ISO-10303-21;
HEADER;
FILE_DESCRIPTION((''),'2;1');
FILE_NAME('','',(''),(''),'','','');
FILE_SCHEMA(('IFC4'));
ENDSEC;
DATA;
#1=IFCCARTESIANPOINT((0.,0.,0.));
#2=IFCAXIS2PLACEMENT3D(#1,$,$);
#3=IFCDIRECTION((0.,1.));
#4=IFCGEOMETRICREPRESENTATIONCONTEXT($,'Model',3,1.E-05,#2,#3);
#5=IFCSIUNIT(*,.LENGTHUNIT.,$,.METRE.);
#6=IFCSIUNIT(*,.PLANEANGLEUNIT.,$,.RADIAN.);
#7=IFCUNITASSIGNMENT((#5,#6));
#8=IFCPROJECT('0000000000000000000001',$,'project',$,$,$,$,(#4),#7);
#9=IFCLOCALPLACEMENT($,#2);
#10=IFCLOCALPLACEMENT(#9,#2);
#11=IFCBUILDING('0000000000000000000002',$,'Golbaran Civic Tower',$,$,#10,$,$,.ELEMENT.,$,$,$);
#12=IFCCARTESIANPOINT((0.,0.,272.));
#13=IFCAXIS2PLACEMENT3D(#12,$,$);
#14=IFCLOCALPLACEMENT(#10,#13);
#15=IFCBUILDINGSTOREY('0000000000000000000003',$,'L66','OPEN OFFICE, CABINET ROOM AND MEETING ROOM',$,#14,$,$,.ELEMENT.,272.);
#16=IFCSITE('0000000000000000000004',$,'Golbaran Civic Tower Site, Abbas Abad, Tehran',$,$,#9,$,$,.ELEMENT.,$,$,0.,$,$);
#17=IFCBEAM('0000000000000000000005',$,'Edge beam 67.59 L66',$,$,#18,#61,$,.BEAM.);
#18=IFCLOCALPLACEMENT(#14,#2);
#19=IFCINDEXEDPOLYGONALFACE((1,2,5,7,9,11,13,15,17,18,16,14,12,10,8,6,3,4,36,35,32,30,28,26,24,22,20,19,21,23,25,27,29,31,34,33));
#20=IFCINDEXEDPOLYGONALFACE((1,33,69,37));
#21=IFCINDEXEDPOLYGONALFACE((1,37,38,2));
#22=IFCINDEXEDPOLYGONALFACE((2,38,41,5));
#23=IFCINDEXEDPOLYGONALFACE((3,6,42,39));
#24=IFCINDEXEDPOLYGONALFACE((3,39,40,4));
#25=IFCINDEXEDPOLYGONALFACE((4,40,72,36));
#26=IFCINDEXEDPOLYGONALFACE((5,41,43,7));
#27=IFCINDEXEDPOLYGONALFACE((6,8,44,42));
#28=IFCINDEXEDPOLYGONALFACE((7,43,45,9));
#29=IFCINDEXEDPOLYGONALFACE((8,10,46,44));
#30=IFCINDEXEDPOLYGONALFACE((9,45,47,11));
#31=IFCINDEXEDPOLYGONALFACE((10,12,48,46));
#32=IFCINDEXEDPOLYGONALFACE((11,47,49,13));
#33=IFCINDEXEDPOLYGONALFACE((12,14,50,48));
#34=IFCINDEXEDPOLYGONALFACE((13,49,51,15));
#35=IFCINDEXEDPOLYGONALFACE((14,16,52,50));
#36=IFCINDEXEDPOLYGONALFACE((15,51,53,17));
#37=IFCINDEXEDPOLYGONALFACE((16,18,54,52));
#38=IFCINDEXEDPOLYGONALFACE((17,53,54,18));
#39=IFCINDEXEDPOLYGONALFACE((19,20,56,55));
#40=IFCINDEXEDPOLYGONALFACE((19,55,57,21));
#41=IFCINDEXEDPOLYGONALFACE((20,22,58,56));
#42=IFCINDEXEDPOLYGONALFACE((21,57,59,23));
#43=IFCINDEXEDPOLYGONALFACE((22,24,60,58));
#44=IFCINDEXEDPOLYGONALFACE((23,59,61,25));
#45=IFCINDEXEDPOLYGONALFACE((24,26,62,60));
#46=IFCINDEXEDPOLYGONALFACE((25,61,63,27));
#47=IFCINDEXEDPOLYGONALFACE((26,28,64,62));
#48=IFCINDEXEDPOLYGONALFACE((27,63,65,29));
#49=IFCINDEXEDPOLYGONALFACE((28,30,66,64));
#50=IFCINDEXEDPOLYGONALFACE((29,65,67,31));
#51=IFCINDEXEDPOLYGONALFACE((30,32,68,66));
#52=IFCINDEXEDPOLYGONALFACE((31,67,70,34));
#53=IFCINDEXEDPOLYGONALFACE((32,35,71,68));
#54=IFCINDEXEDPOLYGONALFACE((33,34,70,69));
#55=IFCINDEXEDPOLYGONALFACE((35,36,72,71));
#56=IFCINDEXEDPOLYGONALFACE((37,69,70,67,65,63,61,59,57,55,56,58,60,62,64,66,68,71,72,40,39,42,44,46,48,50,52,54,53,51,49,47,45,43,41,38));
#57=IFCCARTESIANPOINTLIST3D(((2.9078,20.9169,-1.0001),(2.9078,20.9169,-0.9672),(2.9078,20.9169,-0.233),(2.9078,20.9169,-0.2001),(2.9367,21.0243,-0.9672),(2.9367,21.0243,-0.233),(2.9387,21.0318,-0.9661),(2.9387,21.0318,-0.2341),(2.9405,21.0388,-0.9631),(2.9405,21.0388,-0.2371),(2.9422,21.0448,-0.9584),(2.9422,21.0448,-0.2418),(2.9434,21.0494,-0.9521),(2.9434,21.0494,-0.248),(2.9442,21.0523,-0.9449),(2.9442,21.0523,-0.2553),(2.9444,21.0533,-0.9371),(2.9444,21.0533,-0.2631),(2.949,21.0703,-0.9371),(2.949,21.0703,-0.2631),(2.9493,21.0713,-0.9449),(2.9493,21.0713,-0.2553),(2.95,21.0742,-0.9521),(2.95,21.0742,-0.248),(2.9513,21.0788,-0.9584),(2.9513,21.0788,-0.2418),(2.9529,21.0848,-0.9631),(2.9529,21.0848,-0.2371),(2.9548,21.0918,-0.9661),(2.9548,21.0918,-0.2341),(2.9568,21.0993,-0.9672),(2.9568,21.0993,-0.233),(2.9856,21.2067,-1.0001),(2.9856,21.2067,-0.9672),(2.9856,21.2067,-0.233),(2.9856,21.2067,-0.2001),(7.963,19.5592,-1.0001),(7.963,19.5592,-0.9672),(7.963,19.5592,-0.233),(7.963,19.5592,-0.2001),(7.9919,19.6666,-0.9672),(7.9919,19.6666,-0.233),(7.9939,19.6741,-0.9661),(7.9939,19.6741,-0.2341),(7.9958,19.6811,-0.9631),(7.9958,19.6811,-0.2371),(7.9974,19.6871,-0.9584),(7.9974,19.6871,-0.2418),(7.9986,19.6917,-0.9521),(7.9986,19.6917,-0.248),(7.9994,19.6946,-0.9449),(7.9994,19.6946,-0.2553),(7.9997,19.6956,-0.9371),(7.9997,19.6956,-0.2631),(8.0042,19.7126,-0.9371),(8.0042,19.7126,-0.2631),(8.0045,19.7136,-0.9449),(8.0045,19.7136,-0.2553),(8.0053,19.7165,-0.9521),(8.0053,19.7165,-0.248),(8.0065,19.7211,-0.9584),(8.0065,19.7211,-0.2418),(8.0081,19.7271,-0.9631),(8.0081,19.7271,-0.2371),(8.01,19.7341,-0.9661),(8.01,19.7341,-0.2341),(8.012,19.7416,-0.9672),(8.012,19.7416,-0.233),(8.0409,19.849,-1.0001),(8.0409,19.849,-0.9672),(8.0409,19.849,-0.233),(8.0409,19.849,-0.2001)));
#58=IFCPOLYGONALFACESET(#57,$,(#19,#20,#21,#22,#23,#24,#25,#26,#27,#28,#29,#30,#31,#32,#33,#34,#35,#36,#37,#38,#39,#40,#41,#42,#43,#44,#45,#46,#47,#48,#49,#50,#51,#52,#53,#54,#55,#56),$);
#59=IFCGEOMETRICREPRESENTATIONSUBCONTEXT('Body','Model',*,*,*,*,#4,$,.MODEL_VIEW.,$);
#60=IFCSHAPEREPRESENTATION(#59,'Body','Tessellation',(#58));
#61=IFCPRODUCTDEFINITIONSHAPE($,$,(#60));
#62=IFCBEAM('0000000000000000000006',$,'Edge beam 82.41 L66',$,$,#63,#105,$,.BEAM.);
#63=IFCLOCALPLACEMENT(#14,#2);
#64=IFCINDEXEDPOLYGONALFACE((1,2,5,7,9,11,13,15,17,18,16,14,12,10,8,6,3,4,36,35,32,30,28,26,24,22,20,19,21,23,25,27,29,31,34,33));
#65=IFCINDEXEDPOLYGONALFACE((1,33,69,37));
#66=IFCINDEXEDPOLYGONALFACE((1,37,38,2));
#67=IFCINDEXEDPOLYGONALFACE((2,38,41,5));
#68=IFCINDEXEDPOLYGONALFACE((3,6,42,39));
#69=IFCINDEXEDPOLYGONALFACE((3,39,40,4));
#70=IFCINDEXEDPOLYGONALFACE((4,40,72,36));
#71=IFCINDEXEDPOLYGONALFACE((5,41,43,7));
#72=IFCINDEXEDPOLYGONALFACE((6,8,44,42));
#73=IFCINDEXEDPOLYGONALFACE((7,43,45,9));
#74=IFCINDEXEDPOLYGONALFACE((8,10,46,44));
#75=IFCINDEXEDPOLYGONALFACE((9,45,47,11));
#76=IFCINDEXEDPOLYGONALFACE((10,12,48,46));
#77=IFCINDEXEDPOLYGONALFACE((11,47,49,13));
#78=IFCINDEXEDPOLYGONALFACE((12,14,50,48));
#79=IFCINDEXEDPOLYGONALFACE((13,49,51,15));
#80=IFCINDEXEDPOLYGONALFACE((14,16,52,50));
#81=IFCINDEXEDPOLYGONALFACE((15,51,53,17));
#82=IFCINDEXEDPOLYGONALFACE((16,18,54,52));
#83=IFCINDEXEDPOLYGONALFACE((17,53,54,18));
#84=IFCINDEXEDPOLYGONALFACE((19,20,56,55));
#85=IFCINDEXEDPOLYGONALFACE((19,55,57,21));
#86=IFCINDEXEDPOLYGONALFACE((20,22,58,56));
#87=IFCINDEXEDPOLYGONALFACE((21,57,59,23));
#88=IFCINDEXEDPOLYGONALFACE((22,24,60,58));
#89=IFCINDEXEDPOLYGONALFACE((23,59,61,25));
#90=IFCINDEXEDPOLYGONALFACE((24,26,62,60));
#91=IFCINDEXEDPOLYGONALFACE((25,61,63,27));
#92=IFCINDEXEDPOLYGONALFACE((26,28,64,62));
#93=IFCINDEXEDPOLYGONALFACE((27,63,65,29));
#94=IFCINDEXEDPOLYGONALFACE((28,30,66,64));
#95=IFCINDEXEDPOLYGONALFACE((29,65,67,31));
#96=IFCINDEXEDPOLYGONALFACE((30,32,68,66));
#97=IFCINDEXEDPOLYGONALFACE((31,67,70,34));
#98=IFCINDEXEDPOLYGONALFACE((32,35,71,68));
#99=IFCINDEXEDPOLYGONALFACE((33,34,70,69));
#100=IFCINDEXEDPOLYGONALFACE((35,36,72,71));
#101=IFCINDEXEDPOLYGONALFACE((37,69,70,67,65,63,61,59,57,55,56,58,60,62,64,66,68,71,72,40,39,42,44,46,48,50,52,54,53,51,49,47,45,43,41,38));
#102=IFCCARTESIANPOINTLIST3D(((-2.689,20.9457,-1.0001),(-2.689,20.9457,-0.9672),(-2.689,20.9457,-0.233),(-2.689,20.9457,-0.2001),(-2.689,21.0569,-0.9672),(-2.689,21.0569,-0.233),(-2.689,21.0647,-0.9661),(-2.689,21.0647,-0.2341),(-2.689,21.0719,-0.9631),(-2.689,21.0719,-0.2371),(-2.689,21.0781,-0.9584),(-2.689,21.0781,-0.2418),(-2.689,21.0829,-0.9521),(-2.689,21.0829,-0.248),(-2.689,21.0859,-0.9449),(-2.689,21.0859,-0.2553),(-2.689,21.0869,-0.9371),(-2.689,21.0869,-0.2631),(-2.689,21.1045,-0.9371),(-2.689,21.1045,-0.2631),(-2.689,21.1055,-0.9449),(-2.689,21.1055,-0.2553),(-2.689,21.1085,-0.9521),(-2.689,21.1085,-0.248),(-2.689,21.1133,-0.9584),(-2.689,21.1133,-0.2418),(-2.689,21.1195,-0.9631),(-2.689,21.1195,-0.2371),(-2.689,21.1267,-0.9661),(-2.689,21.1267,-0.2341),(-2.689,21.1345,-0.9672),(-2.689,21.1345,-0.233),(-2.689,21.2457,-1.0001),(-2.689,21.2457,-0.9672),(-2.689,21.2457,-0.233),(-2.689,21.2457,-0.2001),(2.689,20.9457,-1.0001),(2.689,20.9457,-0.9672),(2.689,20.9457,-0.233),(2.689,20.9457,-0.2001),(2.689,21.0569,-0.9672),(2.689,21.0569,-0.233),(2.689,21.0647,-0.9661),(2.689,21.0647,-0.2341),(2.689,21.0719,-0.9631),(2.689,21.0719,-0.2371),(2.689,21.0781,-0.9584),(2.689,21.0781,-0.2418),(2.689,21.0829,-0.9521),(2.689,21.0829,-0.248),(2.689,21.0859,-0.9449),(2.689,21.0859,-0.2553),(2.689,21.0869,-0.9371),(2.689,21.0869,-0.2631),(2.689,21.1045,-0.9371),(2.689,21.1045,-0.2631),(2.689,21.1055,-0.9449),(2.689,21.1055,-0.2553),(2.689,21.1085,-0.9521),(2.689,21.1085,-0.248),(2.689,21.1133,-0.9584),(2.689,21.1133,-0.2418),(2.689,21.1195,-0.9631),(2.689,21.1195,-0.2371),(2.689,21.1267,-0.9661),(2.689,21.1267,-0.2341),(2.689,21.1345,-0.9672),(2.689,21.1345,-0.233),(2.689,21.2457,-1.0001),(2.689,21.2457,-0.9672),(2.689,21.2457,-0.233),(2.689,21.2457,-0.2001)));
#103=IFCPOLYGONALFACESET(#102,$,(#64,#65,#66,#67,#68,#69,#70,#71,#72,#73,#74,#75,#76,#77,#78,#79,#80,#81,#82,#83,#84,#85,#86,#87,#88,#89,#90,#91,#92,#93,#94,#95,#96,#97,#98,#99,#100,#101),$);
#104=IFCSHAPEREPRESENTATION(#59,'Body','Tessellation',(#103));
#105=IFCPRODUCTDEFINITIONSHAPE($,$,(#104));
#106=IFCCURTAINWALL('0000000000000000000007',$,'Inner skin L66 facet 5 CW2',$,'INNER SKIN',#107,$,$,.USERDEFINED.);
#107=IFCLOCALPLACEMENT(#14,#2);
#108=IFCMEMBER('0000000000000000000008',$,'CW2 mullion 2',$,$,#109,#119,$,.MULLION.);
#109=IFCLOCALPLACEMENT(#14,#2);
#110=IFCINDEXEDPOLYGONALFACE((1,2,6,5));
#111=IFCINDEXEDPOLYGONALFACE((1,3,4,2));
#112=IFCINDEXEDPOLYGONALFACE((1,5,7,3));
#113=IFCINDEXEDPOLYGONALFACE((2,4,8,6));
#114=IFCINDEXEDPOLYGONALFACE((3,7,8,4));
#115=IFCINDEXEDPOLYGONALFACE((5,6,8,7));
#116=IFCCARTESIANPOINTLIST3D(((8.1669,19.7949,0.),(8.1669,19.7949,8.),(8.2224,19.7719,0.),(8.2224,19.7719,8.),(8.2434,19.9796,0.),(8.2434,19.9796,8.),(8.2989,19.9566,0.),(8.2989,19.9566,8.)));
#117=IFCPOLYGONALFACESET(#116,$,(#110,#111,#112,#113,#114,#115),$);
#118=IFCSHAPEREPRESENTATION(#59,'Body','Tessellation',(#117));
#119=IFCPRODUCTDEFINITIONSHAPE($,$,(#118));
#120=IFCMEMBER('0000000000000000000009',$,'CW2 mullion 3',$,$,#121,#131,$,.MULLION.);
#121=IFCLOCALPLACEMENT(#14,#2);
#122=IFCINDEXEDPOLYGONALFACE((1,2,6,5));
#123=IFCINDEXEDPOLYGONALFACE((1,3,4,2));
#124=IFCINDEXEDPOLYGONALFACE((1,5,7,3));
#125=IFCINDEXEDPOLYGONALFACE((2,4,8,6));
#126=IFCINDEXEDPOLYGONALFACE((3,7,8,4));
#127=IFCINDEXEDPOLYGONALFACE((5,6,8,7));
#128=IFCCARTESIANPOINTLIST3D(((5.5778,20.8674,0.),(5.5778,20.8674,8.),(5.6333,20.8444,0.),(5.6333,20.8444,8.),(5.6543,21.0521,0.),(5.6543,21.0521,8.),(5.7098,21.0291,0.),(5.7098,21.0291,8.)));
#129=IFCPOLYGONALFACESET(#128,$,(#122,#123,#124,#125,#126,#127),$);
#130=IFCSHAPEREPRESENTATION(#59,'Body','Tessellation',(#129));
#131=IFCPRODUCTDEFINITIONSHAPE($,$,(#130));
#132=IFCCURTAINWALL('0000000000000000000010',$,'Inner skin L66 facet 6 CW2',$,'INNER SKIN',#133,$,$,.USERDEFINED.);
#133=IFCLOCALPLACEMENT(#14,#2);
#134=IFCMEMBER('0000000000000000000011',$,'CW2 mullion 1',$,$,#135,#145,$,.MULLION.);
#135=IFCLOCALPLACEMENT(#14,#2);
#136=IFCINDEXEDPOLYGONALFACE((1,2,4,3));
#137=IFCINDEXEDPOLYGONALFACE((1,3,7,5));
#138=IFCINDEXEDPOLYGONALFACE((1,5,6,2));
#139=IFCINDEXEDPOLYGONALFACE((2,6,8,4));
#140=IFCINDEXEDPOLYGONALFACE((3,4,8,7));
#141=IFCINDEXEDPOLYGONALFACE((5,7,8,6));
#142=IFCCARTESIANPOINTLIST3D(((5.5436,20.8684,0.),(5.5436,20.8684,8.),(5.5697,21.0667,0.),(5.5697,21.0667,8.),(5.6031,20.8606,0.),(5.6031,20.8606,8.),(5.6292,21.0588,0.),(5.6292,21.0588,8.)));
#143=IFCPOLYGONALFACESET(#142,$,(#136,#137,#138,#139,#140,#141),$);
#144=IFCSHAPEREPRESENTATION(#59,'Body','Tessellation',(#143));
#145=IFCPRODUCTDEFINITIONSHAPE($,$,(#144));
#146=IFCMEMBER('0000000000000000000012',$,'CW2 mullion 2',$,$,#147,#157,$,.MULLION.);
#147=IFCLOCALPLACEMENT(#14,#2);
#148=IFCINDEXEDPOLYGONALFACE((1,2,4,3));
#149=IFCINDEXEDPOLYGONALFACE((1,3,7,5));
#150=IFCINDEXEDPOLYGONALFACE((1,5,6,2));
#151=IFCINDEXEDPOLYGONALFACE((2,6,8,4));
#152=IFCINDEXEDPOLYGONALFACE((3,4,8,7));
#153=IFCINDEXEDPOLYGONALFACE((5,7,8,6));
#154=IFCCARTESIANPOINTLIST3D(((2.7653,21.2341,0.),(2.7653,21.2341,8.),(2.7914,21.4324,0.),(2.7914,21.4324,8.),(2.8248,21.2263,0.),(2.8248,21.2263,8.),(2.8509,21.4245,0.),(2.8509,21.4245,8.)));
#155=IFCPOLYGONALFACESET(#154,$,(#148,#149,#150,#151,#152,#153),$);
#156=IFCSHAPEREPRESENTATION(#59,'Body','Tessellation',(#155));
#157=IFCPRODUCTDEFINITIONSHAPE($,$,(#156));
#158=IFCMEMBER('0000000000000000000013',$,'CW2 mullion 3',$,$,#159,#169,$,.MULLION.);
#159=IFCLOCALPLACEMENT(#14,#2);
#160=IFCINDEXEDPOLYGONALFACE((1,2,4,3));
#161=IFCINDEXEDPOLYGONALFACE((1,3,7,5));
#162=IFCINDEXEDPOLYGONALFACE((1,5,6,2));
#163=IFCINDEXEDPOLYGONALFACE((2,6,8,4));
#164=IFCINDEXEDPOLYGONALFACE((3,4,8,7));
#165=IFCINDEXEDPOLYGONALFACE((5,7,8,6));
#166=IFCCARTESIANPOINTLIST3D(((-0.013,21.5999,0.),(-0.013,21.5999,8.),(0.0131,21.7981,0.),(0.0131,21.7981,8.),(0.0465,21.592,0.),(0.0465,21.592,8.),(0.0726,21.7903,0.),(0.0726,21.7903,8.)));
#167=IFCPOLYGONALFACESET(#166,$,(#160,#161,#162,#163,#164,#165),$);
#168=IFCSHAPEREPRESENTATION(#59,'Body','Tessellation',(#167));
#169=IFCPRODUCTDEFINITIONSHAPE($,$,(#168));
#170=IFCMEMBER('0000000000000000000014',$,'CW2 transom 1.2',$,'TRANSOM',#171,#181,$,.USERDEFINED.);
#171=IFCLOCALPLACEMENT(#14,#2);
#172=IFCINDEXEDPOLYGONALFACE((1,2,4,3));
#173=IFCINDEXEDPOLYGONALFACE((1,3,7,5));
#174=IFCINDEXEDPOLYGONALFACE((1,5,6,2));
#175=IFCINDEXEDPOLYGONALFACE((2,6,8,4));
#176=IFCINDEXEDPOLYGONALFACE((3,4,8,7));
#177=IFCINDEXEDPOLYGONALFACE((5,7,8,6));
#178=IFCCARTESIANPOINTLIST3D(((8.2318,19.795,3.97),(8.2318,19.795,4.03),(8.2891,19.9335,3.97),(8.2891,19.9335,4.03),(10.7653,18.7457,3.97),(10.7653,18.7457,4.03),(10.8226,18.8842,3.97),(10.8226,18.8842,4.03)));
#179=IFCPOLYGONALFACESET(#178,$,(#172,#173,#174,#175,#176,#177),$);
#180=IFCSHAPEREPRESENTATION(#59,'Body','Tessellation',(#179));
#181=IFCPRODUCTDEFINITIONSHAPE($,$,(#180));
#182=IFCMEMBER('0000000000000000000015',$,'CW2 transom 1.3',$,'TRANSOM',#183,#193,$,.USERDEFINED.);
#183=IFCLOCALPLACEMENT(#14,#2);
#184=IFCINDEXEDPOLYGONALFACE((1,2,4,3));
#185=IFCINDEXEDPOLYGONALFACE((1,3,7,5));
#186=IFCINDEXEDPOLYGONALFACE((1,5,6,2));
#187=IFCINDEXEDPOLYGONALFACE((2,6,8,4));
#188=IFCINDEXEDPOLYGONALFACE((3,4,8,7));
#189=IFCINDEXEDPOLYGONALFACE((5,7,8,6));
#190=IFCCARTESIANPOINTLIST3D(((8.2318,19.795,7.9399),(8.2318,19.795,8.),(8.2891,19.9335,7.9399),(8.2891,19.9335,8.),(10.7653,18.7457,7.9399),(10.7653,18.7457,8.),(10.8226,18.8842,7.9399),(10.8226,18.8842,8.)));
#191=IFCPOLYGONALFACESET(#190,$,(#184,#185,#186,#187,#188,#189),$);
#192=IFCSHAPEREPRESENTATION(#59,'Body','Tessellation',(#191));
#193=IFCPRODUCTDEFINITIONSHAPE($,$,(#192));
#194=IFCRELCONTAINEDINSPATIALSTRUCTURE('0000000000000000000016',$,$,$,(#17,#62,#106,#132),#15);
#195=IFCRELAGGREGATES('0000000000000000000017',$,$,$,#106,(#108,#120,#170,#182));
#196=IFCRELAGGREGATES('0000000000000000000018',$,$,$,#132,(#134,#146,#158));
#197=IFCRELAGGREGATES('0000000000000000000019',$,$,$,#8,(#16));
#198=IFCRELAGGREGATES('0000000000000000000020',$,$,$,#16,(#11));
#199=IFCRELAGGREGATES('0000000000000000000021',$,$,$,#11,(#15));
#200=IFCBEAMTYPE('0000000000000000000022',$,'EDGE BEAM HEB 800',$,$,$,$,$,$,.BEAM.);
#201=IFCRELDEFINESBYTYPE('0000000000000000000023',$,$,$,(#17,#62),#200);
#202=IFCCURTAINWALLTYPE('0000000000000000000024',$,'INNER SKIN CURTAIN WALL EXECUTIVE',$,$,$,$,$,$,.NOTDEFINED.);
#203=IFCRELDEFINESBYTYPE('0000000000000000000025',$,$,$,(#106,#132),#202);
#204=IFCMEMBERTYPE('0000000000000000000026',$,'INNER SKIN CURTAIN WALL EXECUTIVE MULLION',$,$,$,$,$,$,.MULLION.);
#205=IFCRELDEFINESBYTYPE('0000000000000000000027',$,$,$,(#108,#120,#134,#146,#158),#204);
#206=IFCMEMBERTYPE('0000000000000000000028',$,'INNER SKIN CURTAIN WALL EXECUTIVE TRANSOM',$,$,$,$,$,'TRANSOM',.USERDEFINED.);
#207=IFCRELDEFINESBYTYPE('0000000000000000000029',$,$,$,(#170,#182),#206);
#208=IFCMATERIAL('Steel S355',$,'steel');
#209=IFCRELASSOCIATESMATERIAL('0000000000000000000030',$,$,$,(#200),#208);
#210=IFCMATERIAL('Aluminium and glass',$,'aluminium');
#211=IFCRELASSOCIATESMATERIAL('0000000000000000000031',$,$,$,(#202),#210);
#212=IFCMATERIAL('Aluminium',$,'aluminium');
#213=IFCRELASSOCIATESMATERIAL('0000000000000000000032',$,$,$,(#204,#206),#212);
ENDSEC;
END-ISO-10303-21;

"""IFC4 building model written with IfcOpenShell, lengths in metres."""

from ifc_helpers import new_model, si_unit, direction, frame, origin, origin_2d, place, context, subcontext, project, spatial, rectangle, i_section, extrude, material, material_profile, profile_set, type_object, element, aggregate, save


model = new_model("IFC4")

# Units and contexts
model_context = context("Model", 3, precision=1e-05, world=origin(), true_north=direction((0.0, 1.0)))
body_context = subcontext(model_context, "Body", "Model", "MODEL_VIEW")
ifc_project = project(units=[si_unit("LENGTHUNIT", "METRE"), si_unit("PLANEANGLEUNIT", "RADIAN")], contexts=[model_context])

# Site, building, storey
site_placement = place(None, origin())
site = spatial("IfcSite", under=ifc_project, at=site_placement, Name="Golbaran Civic Tower Site, Abbas Abad, Tehran", CompositionType="ELEMENT", RefElevation=0.0)
building_placement = place(site_placement, origin())
building = spatial("IfcBuilding", under=site, at=building_placement, Name="Golbaran Civic Tower", CompositionType="ELEMENT")
storey_placement = place(building_placement, frame((0.0, 0.0, 272.0)))
storey = spatial("IfcBuildingStorey", under=building, at=storey_placement, Name="L66", Description="OPEN OFFICE, CABINET ROOM AND MEETING ROOM", CompositionType="ELEMENT", Elevation=272.0)

# Beams
ifc_material_1 = material(Name="Steel S355", Category="steel")
ifc_material_profile_1 = material_profile(ifc_material_1, i_section(OverallWidth=0.3, OverallDepth=0.8, WebThickness=0.0176, FlangeThickness=0.033, FilletRadius=0.03, at=origin_2d()), Name="HEB 800")
ifc_profile_set_1 = profile_set([ifc_material_profile_1], Name="Steel S355")
beam_type = type_object("IfcBeamType", Name="EDGE BEAM HEB 800", PredefinedType="BEAM", material=ifc_profile_set_1)
beam_1_placement = place(storey_placement, frame((8.002, 19.7041, -0.6001), z_axis=(-0.965776, 0.259378, 0.0), x_axis=(-0.259378, -0.965776, 0.0)))
element("IfcBeam", 1, at=beam_1_placement, inside=storey, type_object=beam_type, Name="Edge beam 67.59 L66", PredefinedType="BEAM", context=body_context, shape_type="SweptSolid", body=[
    extrude(i_section(OverallWidth=0.3, OverallDepth=0.8, WebThickness=0.0176, FlangeThickness=0.033, FilletRadius=0.03, at=origin_2d()), origin(), (0.0, 0.0, 1.0), 5.2344),
])
beam_2_placement = place(storey_placement, frame((2.689, 21.0957, -0.6001), z_axis=(-1.0, 0.0, 0.0), x_axis=(0.0, -1.0, 0.0)))
element("IfcBeam", 2, at=beam_2_placement, inside=storey, type_object=beam_type, Name="Edge beam 82.41 L66", PredefinedType="BEAM", context=body_context, shape_type="SweptSolid", body=[
    extrude(i_section(OverallWidth=0.3, OverallDepth=0.8, WebThickness=0.0176, FlangeThickness=0.033, FilletRadius=0.03, at=origin_2d()), origin(), (0.0, 0.0, 1.0), 5.3779),
])

# Curtain walls, members
ifc_material_2 = material(Name="Aluminium and glass", Category="aluminium")
curtain_wall_type = type_object("IfcCurtainWallType", Name="INNER SKIN CURTAIN WALL EXECUTIVE", PredefinedType="NOTDEFINED", material=ifc_material_2)
curtain_wall_1_placement = place(storey_placement, origin())
curtain_wall_1 = element("IfcCurtainWall", 3, at=curtain_wall_1_placement, inside=storey, type_object=curtain_wall_type, Name="Inner skin L66 facet 5 CW2", ObjectType="INNER SKIN", PredefinedType="USERDEFINED")
ifc_material_3 = material(Name="Aluminium", Category="aluminium")
ifc_material_profile_2 = material_profile(ifc_material_3, rectangle(XDim=0.2, YDim=0.0601, at=origin_2d()), Name="INNER SKIN CURTAIN WALL EXECUTIVE MULLION")
ifc_profile_set_2 = profile_set([ifc_material_profile_2], Name="Aluminium")
member_type_1 = type_object("IfcMemberType", Name="INNER SKIN CURTAIN WALL EXECUTIVE MULLION", PredefinedType="MULLION", material=ifc_profile_set_2)
member_1_placement = place(storey_placement, frame((8.2329, 19.8757, 0.0), z_axis=(0.0, 0.0, 1.0), x_axis=(-0.382683, -0.92388, 0.0)))
member_1 = element("IfcMember", 4, at=member_1_placement, type_object=member_type_1, Name="CW2 mullion 2", PredefinedType="MULLION", context=body_context, shape_type="SweptSolid", body=[
    extrude(rectangle(XDim=0.2, YDim=0.0601, at=origin_2d()), origin(), (0.0, 0.0, 1.0), 8.0),
])
member_2_placement = place(storey_placement, frame((5.6438, 20.9482, 0.0), z_axis=(0.0, 0.0, 1.0), x_axis=(-0.382683, -0.92388, 0.0)))
member_2 = element("IfcMember", 5, at=member_2_placement, type_object=member_type_1, Name="CW2 mullion 3", PredefinedType="MULLION", context=body_context, shape_type="SweptSolid", body=[
    extrude(rectangle(XDim=0.2, YDim=0.0601, at=origin_2d()), origin(), (0.0, 0.0, 1.0), 8.0),
])
curtain_wall_2_placement = place(storey_placement, origin())
curtain_wall_2 = element("IfcCurtainWall", 6, at=curtain_wall_2_placement, inside=storey, type_object=curtain_wall_type, Name="Inner skin L66 facet 6 CW2", ObjectType="INNER SKIN", PredefinedType="USERDEFINED")
member_3_placement = place(storey_placement, frame((5.5864, 20.9636, 0.0), z_axis=(0.0, 0.0, 1.0), x_axis=(-0.130526, -0.991445, 0.0)))
member_3 = element("IfcMember", 7, at=member_3_placement, type_object=member_type_1, Name="CW2 mullion 1", PredefinedType="MULLION", context=body_context, shape_type="SweptSolid", body=[
    extrude(rectangle(XDim=0.2, YDim=0.0601, at=origin_2d()), origin(), (0.0, 0.0, 1.0), 8.0),
])
member_4_placement = place(storey_placement, frame((2.8081, 21.3293, 0.0), z_axis=(0.0, 0.0, 1.0), x_axis=(-0.130526, -0.991445, 0.0)))
member_4 = element("IfcMember", 8, at=member_4_placement, type_object=member_type_1, Name="CW2 mullion 2", PredefinedType="MULLION", context=body_context, shape_type="SweptSolid", body=[
    extrude(rectangle(XDim=0.2, YDim=0.0601, at=origin_2d()), origin(), (0.0, 0.0, 1.0), 8.0),
])
member_5_placement = place(storey_placement, frame((0.0298, 21.6951, 0.0), z_axis=(0.0, 0.0, 1.0), x_axis=(-0.130526, -0.991445, 0.0)))
member_5 = element("IfcMember", 9, at=member_5_placement, type_object=member_type_1, Name="CW2 mullion 3", PredefinedType="MULLION", context=body_context, shape_type="SweptSolid", body=[
    extrude(rectangle(XDim=0.2, YDim=0.0601, at=origin_2d()), origin(), (0.0, 0.0, 1.0), 8.0),
])

# Members
ifc_material_profile_3 = material_profile(ifc_material_3, rectangle(XDim=0.1499, YDim=0.0601, at=origin_2d()), Name="INNER SKIN CURTAIN WALL EXECUTIVE TRANSOM")
ifc_profile_set_3 = profile_set([ifc_material_profile_3], Name="Aluminium")
member_type_2 = type_object("IfcMemberType", Name="INNER SKIN CURTAIN WALL EXECUTIVE TRANSOM", ElementType="TRANSOM", PredefinedType="USERDEFINED", material=ifc_profile_set_3)
member_6_placement = place(storey_placement, frame((10.7939, 18.8149, 4.0), z_axis=(-0.923889, 0.382661, 0.0), x_axis=(-0.382661, -0.923889, 0.0)))
member_6 = element("IfcMember", 10, at=member_6_placement, type_object=member_type_2, Name="CW2 transom 1.2", ObjectType="TRANSOM", PredefinedType="USERDEFINED", context=body_context, shape_type="SweptSolid", body=[
    extrude(rectangle(XDim=0.1499, YDim=0.0601, at=origin_2d()), origin(), (0.0, 0.0, 1.0), 2.7422),
])
member_7_placement = place(storey_placement, frame((10.7939, 18.8149, 7.97), z_axis=(-0.923889, 0.382661, 0.0), x_axis=(-0.382661, -0.923889, 0.0)))
member_7 = element("IfcMember", 11, at=member_7_placement, type_object=member_type_2, Name="CW2 transom 1.3", ObjectType="TRANSOM", PredefinedType="USERDEFINED", context=body_context, shape_type="SweptSolid", body=[
    extrude(rectangle(XDim=0.1499, YDim=0.0601, at=origin_2d()), origin(), (0.0, 0.0, 1.0), 2.7422),
])

aggregate(curtain_wall_1, [member_1, member_2, member_6, member_7])
aggregate(curtain_wall_2, [member_3, member_4, member_5])

save(model, "model.ifc")
